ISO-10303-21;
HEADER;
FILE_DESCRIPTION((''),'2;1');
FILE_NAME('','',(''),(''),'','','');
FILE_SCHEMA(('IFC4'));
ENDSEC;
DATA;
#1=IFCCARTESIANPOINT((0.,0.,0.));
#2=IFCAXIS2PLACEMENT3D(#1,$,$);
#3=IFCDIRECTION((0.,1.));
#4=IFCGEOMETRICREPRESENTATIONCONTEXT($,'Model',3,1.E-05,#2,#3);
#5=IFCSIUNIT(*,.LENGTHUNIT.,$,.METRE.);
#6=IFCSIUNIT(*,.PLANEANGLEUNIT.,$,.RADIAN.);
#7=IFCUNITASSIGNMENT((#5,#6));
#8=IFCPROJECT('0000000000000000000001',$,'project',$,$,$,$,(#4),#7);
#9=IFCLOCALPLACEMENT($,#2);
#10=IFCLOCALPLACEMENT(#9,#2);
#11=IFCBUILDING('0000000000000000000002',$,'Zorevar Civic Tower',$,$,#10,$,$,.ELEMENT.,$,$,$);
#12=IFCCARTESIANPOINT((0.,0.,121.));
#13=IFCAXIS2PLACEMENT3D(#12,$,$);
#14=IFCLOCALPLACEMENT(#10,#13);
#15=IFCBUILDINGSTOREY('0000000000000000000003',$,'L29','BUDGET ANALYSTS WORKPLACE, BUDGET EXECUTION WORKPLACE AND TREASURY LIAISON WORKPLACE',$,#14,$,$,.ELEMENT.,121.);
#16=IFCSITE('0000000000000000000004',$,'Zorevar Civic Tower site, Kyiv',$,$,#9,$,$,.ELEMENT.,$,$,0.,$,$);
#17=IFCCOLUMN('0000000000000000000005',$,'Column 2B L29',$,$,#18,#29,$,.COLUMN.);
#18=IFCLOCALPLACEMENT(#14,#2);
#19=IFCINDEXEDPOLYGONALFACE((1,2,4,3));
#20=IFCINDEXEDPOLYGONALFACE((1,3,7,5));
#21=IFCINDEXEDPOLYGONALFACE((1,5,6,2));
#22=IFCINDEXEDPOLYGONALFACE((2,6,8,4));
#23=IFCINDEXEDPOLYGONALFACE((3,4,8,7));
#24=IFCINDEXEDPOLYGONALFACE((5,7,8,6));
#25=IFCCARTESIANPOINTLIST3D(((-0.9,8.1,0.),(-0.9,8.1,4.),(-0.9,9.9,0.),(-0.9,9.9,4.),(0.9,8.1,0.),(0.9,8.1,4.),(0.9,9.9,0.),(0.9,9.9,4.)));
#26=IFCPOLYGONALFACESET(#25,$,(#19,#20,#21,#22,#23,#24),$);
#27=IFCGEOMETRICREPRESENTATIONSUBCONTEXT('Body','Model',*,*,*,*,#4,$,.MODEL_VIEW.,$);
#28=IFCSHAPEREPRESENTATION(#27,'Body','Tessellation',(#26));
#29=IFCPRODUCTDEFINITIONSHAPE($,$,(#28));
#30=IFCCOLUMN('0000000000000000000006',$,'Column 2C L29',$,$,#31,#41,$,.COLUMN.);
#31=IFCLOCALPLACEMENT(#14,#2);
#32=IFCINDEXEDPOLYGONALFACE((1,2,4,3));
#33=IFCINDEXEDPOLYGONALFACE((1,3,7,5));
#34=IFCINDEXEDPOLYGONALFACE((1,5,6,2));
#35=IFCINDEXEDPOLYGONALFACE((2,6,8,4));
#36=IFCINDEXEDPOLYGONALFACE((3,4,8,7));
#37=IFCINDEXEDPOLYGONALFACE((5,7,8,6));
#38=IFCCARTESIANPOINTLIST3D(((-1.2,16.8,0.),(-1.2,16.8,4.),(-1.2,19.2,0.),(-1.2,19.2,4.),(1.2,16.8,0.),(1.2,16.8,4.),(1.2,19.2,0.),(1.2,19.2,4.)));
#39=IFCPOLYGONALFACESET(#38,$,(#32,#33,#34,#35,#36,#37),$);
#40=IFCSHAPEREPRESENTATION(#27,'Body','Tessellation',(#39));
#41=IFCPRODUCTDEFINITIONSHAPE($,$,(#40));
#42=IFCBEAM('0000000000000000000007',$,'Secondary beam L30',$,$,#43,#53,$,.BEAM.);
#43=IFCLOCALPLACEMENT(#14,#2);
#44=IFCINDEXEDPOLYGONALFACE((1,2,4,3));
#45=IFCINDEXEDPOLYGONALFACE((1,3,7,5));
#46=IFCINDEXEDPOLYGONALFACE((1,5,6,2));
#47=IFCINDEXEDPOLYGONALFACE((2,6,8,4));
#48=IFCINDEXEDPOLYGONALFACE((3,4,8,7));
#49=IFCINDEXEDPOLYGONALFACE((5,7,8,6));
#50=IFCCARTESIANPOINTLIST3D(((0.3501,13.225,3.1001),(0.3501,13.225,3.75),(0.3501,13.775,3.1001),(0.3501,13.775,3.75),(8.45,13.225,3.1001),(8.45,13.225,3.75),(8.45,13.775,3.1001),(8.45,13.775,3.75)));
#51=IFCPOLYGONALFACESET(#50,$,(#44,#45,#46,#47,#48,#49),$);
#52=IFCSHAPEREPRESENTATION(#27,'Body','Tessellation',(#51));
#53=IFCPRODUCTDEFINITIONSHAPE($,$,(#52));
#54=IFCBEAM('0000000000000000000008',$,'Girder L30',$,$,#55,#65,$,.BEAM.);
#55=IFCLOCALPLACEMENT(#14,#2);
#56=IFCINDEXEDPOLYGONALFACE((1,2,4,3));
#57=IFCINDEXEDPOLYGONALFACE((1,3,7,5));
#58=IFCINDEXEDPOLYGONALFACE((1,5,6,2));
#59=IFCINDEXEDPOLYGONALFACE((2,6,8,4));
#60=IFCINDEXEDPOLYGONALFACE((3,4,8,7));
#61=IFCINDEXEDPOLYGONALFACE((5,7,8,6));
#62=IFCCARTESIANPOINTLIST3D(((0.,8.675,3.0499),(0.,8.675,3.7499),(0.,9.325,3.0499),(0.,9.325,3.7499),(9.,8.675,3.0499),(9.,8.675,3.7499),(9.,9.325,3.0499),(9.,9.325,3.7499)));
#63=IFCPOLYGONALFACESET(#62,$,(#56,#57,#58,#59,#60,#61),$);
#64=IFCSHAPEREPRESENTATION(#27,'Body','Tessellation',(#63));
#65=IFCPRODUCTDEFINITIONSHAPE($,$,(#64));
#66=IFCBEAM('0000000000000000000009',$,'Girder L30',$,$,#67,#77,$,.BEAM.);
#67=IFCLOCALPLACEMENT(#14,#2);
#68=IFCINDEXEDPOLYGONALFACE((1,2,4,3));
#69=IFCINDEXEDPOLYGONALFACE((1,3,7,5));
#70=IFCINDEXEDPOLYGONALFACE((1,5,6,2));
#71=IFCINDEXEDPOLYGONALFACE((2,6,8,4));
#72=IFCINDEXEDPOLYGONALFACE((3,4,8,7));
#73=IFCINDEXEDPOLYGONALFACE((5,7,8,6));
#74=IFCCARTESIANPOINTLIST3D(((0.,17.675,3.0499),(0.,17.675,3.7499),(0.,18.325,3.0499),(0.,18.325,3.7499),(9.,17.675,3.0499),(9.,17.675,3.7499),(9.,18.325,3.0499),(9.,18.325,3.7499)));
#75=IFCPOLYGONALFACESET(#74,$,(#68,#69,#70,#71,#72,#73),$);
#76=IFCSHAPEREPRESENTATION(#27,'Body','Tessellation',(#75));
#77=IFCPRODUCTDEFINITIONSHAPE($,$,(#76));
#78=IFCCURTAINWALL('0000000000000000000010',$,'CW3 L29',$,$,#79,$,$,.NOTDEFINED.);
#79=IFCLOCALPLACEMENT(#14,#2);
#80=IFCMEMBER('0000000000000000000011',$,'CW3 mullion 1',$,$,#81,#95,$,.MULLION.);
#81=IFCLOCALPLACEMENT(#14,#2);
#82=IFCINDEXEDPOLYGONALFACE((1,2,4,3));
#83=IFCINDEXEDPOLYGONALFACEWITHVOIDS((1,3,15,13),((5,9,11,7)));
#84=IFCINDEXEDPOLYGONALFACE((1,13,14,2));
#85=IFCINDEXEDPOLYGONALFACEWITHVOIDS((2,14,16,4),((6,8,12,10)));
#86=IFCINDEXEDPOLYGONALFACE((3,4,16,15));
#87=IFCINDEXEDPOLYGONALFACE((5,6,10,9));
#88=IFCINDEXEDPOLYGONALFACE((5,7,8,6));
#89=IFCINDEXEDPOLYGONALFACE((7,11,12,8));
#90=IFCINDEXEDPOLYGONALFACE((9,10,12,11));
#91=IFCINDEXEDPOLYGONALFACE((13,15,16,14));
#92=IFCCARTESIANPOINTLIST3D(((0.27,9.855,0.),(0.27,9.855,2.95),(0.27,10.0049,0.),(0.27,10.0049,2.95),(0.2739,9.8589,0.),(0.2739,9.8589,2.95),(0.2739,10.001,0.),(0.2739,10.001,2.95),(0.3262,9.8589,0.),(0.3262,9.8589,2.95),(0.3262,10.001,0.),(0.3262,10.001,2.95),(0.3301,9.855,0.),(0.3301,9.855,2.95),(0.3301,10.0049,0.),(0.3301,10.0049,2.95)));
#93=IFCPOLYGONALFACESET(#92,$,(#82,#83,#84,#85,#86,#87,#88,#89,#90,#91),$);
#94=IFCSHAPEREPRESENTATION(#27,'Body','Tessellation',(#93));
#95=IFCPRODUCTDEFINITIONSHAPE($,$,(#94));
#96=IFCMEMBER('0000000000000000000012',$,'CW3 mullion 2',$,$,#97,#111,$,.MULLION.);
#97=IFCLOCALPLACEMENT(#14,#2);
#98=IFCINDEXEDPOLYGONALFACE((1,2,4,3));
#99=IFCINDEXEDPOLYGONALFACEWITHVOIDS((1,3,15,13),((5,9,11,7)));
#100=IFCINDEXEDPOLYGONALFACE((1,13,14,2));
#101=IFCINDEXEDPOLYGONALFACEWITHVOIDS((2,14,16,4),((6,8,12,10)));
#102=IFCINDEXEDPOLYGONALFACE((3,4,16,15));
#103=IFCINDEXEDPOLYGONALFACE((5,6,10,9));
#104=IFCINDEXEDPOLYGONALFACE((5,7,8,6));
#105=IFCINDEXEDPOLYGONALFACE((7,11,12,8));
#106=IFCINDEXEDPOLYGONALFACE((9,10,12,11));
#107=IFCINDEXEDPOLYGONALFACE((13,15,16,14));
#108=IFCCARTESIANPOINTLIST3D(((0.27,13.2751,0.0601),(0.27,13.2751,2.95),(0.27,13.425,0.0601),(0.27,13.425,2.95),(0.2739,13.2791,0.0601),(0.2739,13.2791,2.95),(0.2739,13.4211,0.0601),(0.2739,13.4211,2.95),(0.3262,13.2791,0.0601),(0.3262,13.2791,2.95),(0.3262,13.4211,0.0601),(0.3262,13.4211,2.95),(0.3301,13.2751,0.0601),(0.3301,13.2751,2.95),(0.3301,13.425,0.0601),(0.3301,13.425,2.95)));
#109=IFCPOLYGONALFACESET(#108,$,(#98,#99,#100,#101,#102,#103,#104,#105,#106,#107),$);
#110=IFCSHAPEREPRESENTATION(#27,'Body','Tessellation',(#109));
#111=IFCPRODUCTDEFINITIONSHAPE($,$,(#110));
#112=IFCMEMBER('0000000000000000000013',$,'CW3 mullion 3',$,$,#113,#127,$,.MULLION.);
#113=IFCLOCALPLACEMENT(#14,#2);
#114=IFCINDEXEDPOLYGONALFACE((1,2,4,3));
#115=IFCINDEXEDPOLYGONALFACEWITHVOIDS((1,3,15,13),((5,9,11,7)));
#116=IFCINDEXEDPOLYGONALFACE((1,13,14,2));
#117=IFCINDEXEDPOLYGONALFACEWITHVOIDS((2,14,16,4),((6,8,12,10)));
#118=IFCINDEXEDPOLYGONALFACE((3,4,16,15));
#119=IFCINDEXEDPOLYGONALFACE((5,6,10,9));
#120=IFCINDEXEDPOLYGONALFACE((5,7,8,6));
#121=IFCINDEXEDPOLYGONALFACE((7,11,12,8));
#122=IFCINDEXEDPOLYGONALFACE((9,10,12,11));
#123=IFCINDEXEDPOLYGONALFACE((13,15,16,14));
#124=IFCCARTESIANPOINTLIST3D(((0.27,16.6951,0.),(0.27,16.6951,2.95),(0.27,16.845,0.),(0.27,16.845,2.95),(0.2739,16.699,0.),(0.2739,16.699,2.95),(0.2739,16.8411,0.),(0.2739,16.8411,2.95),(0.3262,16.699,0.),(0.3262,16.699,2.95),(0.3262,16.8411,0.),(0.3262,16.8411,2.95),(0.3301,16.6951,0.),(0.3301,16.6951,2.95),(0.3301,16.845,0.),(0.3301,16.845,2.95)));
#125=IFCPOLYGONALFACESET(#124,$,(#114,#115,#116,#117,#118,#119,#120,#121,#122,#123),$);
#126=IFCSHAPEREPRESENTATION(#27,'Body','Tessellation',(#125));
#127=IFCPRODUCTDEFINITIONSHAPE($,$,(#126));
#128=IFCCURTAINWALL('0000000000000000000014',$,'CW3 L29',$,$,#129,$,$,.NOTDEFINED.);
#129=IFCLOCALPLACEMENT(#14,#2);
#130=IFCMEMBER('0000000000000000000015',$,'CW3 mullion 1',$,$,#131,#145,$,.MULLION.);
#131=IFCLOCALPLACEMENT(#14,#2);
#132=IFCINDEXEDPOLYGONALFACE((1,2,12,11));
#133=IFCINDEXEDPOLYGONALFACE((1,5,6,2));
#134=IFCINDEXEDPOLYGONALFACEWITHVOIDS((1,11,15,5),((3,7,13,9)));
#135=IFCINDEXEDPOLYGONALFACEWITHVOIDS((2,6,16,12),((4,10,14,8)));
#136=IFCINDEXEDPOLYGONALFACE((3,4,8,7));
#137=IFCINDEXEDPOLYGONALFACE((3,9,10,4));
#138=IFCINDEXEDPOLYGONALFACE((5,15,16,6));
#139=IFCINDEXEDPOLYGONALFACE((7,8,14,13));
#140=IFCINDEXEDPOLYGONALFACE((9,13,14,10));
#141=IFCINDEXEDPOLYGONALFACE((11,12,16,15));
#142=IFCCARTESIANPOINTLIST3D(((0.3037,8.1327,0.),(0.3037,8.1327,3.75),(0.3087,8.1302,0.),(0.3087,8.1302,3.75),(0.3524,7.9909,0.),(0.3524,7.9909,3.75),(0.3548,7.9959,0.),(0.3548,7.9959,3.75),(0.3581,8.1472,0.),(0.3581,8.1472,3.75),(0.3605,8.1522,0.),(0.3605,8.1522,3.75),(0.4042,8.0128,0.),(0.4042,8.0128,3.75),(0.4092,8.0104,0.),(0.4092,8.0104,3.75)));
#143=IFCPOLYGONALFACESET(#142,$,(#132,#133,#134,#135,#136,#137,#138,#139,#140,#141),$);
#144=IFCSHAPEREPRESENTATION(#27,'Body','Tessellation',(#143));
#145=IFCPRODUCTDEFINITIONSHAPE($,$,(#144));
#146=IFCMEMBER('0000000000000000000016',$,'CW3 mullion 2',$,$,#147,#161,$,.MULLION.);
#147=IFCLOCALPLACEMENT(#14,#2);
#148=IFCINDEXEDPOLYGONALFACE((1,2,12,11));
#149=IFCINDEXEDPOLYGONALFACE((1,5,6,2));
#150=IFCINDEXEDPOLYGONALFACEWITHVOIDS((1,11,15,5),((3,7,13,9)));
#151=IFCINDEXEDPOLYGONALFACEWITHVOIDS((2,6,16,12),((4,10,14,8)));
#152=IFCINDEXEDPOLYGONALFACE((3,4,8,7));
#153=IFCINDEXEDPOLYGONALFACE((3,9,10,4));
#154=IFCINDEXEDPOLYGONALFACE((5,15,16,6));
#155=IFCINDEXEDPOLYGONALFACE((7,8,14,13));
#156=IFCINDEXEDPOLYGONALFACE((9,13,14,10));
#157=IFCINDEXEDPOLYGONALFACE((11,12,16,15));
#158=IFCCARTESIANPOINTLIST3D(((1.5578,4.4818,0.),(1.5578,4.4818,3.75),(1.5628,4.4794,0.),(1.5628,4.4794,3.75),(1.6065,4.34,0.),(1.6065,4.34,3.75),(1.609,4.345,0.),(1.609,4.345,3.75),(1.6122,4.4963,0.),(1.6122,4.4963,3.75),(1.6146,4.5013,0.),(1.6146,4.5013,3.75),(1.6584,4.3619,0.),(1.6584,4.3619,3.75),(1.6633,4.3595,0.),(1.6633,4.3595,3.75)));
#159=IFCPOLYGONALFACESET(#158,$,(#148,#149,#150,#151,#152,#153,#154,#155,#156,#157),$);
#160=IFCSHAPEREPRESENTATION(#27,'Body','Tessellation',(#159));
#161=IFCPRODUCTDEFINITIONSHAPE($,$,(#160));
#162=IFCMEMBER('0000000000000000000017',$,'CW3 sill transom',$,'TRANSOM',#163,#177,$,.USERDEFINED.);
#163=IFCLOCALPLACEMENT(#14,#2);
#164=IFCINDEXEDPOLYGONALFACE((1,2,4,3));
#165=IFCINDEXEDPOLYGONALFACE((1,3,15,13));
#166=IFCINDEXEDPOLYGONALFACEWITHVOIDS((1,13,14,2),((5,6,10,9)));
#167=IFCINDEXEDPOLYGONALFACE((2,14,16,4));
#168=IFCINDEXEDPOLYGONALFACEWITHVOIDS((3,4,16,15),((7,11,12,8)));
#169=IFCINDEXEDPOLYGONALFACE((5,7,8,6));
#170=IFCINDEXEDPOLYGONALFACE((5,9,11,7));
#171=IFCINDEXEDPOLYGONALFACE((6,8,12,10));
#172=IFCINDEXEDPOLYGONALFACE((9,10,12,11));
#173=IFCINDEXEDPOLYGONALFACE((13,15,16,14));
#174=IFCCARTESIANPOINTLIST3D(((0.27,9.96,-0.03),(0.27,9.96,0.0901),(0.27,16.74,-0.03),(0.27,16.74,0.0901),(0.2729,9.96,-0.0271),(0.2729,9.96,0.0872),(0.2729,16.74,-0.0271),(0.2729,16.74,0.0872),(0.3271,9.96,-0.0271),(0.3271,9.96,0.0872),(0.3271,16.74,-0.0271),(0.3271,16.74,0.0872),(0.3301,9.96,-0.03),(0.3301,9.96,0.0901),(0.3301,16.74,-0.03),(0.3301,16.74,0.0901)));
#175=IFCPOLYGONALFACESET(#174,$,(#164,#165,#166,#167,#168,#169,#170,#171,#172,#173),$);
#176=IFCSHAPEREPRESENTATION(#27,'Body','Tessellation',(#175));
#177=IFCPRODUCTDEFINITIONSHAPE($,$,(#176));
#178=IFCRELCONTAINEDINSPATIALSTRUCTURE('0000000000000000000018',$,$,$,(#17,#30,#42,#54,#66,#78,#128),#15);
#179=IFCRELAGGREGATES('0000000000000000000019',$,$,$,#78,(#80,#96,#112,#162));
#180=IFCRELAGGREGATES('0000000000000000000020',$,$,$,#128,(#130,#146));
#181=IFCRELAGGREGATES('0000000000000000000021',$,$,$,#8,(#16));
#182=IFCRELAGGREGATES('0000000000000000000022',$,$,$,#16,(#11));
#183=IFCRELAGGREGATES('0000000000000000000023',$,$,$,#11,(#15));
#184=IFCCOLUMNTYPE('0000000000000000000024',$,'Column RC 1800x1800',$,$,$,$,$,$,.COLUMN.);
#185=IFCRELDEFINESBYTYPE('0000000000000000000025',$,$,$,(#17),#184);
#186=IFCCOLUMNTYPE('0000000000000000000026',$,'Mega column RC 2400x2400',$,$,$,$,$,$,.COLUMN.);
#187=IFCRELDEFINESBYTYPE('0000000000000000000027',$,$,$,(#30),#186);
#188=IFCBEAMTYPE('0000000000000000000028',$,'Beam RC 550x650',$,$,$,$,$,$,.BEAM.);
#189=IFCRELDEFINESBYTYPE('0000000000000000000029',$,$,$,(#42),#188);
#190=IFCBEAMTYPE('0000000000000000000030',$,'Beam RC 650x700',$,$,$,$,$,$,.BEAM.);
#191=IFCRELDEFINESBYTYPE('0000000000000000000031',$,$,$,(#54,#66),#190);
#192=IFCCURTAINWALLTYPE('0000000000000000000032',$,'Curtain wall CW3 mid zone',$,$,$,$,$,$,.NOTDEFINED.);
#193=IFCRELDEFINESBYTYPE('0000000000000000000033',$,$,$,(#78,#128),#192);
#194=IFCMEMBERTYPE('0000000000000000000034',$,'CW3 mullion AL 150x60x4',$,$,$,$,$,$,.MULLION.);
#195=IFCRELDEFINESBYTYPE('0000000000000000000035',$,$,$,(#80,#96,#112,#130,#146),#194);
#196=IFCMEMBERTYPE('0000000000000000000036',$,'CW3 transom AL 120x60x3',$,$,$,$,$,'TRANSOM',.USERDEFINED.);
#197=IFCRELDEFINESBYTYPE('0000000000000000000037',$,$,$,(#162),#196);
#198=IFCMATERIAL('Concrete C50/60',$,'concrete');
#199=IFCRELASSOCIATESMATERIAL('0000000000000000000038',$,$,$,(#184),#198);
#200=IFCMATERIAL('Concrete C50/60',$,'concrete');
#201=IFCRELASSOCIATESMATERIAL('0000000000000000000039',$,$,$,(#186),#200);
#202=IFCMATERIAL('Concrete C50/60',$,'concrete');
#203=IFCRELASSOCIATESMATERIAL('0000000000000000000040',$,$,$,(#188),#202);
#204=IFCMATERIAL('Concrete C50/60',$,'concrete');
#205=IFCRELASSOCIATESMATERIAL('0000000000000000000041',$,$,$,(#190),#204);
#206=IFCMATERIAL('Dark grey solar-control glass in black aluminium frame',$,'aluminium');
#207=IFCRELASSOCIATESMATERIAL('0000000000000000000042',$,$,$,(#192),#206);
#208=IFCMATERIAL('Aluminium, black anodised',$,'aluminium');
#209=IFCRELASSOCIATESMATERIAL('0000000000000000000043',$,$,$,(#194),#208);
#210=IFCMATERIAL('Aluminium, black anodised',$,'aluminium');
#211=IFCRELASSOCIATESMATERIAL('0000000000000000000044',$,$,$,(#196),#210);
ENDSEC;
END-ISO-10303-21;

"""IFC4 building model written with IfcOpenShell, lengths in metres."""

from ifc_helpers import new_model, si_unit, direction, frame, origin, origin_2d, place, context, subcontext, project, spatial, rectangle, hollow_rectangle, extrude, material, material_profile, profile_set, type_object, element, aggregate, save


model = new_model("IFC4")

# Units and contexts
model_context = context("Model", 3, precision=1e-05, world=origin(), true_north=direction((0.0, 1.0)))
body_context = subcontext(model_context, "Body", "Model", "MODEL_VIEW")
ifc_project = project(units=[si_unit("LENGTHUNIT", "METRE"), si_unit("PLANEANGLEUNIT", "RADIAN")], contexts=[model_context])

# Site, building, storey
site_placement = place(None, origin())
site = spatial("IfcSite", under=ifc_project, at=site_placement, Name="Zorevar Civic Tower site, Kyiv", CompositionType="ELEMENT", RefElevation=0.0)
building_placement = place(site_placement, origin())
building = spatial("IfcBuilding", under=site, at=building_placement, Name="Zorevar Civic Tower", CompositionType="ELEMENT")
storey_placement = place(building_placement, frame((0.0, 0.0, 121.0)))
storey = spatial("IfcBuildingStorey", under=building, at=storey_placement, Name="L29", Description="BUDGET ANALYSTS WORKPLACE, BUDGET EXECUTION WORKPLACE AND TREASURY LIAISON WORKPLACE", CompositionType="ELEMENT", Elevation=121.0)

# Columns
ifc_material_1 = material(Name="Concrete C50/60", Category="concrete")
ifc_material_profile_1 = material_profile(ifc_material_1, rectangle(XDim=1.8, YDim=1.8, at=origin_2d()), Name="RC 1800x1800")
ifc_profile_set_1 = profile_set([ifc_material_profile_1], Name="Concrete C50/60")
column_type_1 = type_object("IfcColumnType", Name="Column RC 1800x1800", PredefinedType="COLUMN", material=ifc_profile_set_1)
column_1_placement = place(storey_placement, frame((0.0, 9.0, 0.0), z_axis=(0.0, 0.0, 1.0), x_axis=(1.0, 0.0, 0.0)))
element("IfcColumn", 1, at=column_1_placement, inside=storey, type_object=column_type_1, Name="Column 2B L29", PredefinedType="COLUMN", context=body_context, shape_type="SweptSolid", body=[
    extrude(rectangle(XDim=1.8, YDim=1.8, at=origin_2d()), origin(), (0.0, 0.0, 1.0), 4.0),
])
ifc_material_2 = material(Name="Concrete C50/60", Category="concrete")
ifc_material_profile_2 = material_profile(ifc_material_2, rectangle(XDim=2.3999, YDim=2.3999, at=origin_2d()), Name="RC 2400x2400")
ifc_profile_set_2 = profile_set([ifc_material_profile_2], Name="Concrete C50/60")
column_type_2 = type_object("IfcColumnType", Name="Mega column RC 2400x2400", PredefinedType="COLUMN", material=ifc_profile_set_2)
column_2_placement = place(storey_placement, frame((0.0, 18.0, 0.0), z_axis=(0.0, 0.0, 1.0), x_axis=(1.0, 0.0, 0.0)))
element("IfcColumn", 2, at=column_2_placement, inside=storey, type_object=column_type_2, Name="Column 2C L29", PredefinedType="COLUMN", context=body_context, shape_type="SweptSolid", body=[
    extrude(rectangle(XDim=2.3999, YDim=2.3999, at=origin_2d()), origin(), (0.0, 0.0, 1.0), 4.0),
])

# Beams
ifc_material_3 = material(Name="Concrete C50/60", Category="concrete")
ifc_material_profile_3 = material_profile(ifc_material_3, rectangle(XDim=0.55, YDim=0.6499, at=origin_2d()), Name="RC 550x650")
ifc_profile_set_3 = profile_set([ifc_material_profile_3], Name="Concrete C50/60")
beam_type_1 = type_object("IfcBeamType", Name="Beam RC 550x650", PredefinedType="BEAM", material=ifc_profile_set_3)
beam_1_placement = place(storey_placement, frame((0.3501, 13.5, 3.425), z_axis=(1.0, 0.0, 0.0), x_axis=(0.0, 1.0, 0.0)))
element("IfcBeam", 3, at=beam_1_placement, inside=storey, type_object=beam_type_1, Name="Secondary beam L30", PredefinedType="BEAM", context=body_context, shape_type="SweptSolid", body=[
    extrude(rectangle(XDim=0.55, YDim=0.6499, at=origin_2d()), origin(), (0.0, 0.0, 1.0), 8.0999),
])
ifc_material_4 = material(Name="Concrete C50/60", Category="concrete")
ifc_material_profile_4 = material_profile(ifc_material_4, rectangle(XDim=0.6499, YDim=0.7, at=origin_2d()), Name="RC 650x700")
ifc_profile_set_4 = profile_set([ifc_material_profile_4], Name="Concrete C50/60")
beam_type_2 = type_object("IfcBeamType", Name="Beam RC 650x700", PredefinedType="BEAM", material=ifc_profile_set_4)
for number, where, z_axis, x_axis, name in (
    (4, (0.0, 9.0, 3.3999), (1.0, 0.0, 0.0), (0.0, 1.0, 0.0), "Girder L30"),
    (5, (0.0, 18.0, 3.3999), (1.0, 0.0, 0.0), (0.0, 1.0, 0.0), "Girder L30"),
):
    element("IfcBeam", number, at=place(storey_placement, frame(where, z_axis=z_axis, x_axis=x_axis)), inside=storey, type_object=beam_type_2, Name=name, PredefinedType="BEAM", context=body_context, shape_type="SweptSolid", body=[
        extrude(rectangle(XDim=0.6499, YDim=0.7, at=origin_2d()), origin(), (0.0, 0.0, 1.0), 9.0),
    ])

# Curtain walls, members
ifc_material_5 = material(Name="Dark grey solar-control glass in black aluminium frame", Category="aluminium")
curtain_wall_type = type_object("IfcCurtainWallType", Name="Curtain wall CW3 mid zone", PredefinedType="NOTDEFINED", material=ifc_material_5)
curtain_wall_1_placement = place(storey_placement, origin())
curtain_wall_1 = element("IfcCurtainWall", 6, at=curtain_wall_1_placement, inside=storey, type_object=curtain_wall_type, Name="CW3 L29", PredefinedType="NOTDEFINED")
ifc_material_6 = material(Name="Aluminium, black anodised", Category="aluminium")
ifc_material_profile_5 = material_profile(ifc_material_6, hollow_rectangle(XDim=0.0601, YDim=0.1499, WallThickness=0.0039, at=origin_2d()), Name="AL 150x60x4")
ifc_profile_set_5 = profile_set([ifc_material_profile_5], Name="Aluminium, black anodised")
member_type_1 = type_object("IfcMemberType", Name="CW3 mullion AL 150x60x4", PredefinedType="MULLION", material=ifc_profile_set_5)
member_1_placement = place(storey_placement, frame((0.3, 9.9299, 0.0), z_axis=(0.0, 0.0, 1.0), x_axis=(-1.0, 0.0, 0.0)))
member_1 = element("IfcMember", 7, at=member_1_placement, type_object=member_type_1, Name="CW3 mullion 1", PredefinedType="MULLION", context=body_context, shape_type="SweptSolid", body=[
    extrude(hollow_rectangle(XDim=0.0601, YDim=0.1499, WallThickness=0.0039, at=origin_2d()), origin(), (0.0, 0.0, 1.0), 2.95),
])
member_2_placement = place(storey_placement, frame((0.3, 13.3501, 0.0601), z_axis=(0.0, 0.0, 1.0), x_axis=(-1.0, 0.0, 0.0)))
member_2 = element("IfcMember", 8, at=member_2_placement, type_object=member_type_1, Name="CW3 mullion 2", PredefinedType="MULLION", context=body_context, shape_type="SweptSolid", body=[
    extrude(hollow_rectangle(XDim=0.0601, YDim=0.1499, WallThickness=0.0039, at=origin_2d()), origin(), (0.0, 0.0, 1.0), 2.8899),
])
member_3_placement = place(storey_placement, frame((0.3, 16.77, 0.0), z_axis=(0.0, 0.0, 1.0), x_axis=(-1.0, 0.0, 0.0)))
member_3 = element("IfcMember", 9, at=member_3_placement, type_object=member_type_1, Name="CW3 mullion 3", PredefinedType="MULLION", context=body_context, shape_type="SweptSolid", body=[
    extrude(hollow_rectangle(XDim=0.0601, YDim=0.1499, WallThickness=0.0039, at=origin_2d()), origin(), (0.0, 0.0, 1.0), 2.95),
])
curtain_wall_2_placement = place(storey_placement, origin())
curtain_wall_2 = element("IfcCurtainWall", 10, at=curtain_wall_2_placement, inside=storey, type_object=curtain_wall_type, Name="CW3 L29", PredefinedType="NOTDEFINED")
member_4_placement = place(storey_placement, frame((0.3564, 8.0715, 0.0), z_axis=(0.0, 0.0, 1.0), x_axis=(0.945756, 0.324878, 0.0)))
member_4 = element("IfcMember", 11, at=member_4_placement, type_object=member_type_1, Name="CW3 mullion 1", PredefinedType="MULLION", context=body_context, shape_type="SweptSolid", body=[
    extrude(hollow_rectangle(XDim=0.0601, YDim=0.1499, WallThickness=0.0039, at=origin_2d()), origin(), (0.0, 0.0, 1.0), 3.75),
])
member_5_placement = place(storey_placement, frame((1.6106, 4.4207, 0.0), z_axis=(0.0, 0.0, 1.0), x_axis=(0.945756, 0.324878, 0.0)))
member_5 = element("IfcMember", 12, at=member_5_placement, type_object=member_type_1, Name="CW3 mullion 2", PredefinedType="MULLION", context=body_context, shape_type="SweptSolid", body=[
    extrude(hollow_rectangle(XDim=0.0601, YDim=0.1499, WallThickness=0.0039, at=origin_2d()), origin(), (0.0, 0.0, 1.0), 3.75),
])

# Member
ifc_material_7 = material(Name="Aluminium, black anodised", Category="aluminium")
ifc_material_profile_6 = material_profile(ifc_material_7, hollow_rectangle(XDim=0.0601, YDim=0.1201, WallThickness=0.0029, at=origin_2d()), Name="AL 120x60x3")
ifc_profile_set_6 = profile_set([ifc_material_profile_6], Name="Aluminium, black anodised")
member_type_2 = type_object("IfcMemberType", Name="CW3 transom AL 120x60x3", ElementType="TRANSOM", PredefinedType="USERDEFINED", material=ifc_profile_set_6)
member_6_placement = place(storey_placement, frame((0.3, 9.96, 0.03), z_axis=(0.0, 1.0, 0.0), x_axis=(-1.0, 0.0, 0.0)))
member_6 = element("IfcMember", 13, at=member_6_placement, type_object=member_type_2, Name="CW3 sill transom", ObjectType="TRANSOM", PredefinedType="USERDEFINED", context=body_context, shape_type="SweptSolid", body=[
    extrude(hollow_rectangle(XDim=0.0601, YDim=0.1201, WallThickness=0.0029, at=origin_2d()), origin(), (0.0, 0.0, 1.0), 6.78),
])

aggregate(curtain_wall_1, [member_1, member_2, member_3, member_6])
aggregate(curtain_wall_2, [member_4, member_5])

save(model, "model.ifc")
